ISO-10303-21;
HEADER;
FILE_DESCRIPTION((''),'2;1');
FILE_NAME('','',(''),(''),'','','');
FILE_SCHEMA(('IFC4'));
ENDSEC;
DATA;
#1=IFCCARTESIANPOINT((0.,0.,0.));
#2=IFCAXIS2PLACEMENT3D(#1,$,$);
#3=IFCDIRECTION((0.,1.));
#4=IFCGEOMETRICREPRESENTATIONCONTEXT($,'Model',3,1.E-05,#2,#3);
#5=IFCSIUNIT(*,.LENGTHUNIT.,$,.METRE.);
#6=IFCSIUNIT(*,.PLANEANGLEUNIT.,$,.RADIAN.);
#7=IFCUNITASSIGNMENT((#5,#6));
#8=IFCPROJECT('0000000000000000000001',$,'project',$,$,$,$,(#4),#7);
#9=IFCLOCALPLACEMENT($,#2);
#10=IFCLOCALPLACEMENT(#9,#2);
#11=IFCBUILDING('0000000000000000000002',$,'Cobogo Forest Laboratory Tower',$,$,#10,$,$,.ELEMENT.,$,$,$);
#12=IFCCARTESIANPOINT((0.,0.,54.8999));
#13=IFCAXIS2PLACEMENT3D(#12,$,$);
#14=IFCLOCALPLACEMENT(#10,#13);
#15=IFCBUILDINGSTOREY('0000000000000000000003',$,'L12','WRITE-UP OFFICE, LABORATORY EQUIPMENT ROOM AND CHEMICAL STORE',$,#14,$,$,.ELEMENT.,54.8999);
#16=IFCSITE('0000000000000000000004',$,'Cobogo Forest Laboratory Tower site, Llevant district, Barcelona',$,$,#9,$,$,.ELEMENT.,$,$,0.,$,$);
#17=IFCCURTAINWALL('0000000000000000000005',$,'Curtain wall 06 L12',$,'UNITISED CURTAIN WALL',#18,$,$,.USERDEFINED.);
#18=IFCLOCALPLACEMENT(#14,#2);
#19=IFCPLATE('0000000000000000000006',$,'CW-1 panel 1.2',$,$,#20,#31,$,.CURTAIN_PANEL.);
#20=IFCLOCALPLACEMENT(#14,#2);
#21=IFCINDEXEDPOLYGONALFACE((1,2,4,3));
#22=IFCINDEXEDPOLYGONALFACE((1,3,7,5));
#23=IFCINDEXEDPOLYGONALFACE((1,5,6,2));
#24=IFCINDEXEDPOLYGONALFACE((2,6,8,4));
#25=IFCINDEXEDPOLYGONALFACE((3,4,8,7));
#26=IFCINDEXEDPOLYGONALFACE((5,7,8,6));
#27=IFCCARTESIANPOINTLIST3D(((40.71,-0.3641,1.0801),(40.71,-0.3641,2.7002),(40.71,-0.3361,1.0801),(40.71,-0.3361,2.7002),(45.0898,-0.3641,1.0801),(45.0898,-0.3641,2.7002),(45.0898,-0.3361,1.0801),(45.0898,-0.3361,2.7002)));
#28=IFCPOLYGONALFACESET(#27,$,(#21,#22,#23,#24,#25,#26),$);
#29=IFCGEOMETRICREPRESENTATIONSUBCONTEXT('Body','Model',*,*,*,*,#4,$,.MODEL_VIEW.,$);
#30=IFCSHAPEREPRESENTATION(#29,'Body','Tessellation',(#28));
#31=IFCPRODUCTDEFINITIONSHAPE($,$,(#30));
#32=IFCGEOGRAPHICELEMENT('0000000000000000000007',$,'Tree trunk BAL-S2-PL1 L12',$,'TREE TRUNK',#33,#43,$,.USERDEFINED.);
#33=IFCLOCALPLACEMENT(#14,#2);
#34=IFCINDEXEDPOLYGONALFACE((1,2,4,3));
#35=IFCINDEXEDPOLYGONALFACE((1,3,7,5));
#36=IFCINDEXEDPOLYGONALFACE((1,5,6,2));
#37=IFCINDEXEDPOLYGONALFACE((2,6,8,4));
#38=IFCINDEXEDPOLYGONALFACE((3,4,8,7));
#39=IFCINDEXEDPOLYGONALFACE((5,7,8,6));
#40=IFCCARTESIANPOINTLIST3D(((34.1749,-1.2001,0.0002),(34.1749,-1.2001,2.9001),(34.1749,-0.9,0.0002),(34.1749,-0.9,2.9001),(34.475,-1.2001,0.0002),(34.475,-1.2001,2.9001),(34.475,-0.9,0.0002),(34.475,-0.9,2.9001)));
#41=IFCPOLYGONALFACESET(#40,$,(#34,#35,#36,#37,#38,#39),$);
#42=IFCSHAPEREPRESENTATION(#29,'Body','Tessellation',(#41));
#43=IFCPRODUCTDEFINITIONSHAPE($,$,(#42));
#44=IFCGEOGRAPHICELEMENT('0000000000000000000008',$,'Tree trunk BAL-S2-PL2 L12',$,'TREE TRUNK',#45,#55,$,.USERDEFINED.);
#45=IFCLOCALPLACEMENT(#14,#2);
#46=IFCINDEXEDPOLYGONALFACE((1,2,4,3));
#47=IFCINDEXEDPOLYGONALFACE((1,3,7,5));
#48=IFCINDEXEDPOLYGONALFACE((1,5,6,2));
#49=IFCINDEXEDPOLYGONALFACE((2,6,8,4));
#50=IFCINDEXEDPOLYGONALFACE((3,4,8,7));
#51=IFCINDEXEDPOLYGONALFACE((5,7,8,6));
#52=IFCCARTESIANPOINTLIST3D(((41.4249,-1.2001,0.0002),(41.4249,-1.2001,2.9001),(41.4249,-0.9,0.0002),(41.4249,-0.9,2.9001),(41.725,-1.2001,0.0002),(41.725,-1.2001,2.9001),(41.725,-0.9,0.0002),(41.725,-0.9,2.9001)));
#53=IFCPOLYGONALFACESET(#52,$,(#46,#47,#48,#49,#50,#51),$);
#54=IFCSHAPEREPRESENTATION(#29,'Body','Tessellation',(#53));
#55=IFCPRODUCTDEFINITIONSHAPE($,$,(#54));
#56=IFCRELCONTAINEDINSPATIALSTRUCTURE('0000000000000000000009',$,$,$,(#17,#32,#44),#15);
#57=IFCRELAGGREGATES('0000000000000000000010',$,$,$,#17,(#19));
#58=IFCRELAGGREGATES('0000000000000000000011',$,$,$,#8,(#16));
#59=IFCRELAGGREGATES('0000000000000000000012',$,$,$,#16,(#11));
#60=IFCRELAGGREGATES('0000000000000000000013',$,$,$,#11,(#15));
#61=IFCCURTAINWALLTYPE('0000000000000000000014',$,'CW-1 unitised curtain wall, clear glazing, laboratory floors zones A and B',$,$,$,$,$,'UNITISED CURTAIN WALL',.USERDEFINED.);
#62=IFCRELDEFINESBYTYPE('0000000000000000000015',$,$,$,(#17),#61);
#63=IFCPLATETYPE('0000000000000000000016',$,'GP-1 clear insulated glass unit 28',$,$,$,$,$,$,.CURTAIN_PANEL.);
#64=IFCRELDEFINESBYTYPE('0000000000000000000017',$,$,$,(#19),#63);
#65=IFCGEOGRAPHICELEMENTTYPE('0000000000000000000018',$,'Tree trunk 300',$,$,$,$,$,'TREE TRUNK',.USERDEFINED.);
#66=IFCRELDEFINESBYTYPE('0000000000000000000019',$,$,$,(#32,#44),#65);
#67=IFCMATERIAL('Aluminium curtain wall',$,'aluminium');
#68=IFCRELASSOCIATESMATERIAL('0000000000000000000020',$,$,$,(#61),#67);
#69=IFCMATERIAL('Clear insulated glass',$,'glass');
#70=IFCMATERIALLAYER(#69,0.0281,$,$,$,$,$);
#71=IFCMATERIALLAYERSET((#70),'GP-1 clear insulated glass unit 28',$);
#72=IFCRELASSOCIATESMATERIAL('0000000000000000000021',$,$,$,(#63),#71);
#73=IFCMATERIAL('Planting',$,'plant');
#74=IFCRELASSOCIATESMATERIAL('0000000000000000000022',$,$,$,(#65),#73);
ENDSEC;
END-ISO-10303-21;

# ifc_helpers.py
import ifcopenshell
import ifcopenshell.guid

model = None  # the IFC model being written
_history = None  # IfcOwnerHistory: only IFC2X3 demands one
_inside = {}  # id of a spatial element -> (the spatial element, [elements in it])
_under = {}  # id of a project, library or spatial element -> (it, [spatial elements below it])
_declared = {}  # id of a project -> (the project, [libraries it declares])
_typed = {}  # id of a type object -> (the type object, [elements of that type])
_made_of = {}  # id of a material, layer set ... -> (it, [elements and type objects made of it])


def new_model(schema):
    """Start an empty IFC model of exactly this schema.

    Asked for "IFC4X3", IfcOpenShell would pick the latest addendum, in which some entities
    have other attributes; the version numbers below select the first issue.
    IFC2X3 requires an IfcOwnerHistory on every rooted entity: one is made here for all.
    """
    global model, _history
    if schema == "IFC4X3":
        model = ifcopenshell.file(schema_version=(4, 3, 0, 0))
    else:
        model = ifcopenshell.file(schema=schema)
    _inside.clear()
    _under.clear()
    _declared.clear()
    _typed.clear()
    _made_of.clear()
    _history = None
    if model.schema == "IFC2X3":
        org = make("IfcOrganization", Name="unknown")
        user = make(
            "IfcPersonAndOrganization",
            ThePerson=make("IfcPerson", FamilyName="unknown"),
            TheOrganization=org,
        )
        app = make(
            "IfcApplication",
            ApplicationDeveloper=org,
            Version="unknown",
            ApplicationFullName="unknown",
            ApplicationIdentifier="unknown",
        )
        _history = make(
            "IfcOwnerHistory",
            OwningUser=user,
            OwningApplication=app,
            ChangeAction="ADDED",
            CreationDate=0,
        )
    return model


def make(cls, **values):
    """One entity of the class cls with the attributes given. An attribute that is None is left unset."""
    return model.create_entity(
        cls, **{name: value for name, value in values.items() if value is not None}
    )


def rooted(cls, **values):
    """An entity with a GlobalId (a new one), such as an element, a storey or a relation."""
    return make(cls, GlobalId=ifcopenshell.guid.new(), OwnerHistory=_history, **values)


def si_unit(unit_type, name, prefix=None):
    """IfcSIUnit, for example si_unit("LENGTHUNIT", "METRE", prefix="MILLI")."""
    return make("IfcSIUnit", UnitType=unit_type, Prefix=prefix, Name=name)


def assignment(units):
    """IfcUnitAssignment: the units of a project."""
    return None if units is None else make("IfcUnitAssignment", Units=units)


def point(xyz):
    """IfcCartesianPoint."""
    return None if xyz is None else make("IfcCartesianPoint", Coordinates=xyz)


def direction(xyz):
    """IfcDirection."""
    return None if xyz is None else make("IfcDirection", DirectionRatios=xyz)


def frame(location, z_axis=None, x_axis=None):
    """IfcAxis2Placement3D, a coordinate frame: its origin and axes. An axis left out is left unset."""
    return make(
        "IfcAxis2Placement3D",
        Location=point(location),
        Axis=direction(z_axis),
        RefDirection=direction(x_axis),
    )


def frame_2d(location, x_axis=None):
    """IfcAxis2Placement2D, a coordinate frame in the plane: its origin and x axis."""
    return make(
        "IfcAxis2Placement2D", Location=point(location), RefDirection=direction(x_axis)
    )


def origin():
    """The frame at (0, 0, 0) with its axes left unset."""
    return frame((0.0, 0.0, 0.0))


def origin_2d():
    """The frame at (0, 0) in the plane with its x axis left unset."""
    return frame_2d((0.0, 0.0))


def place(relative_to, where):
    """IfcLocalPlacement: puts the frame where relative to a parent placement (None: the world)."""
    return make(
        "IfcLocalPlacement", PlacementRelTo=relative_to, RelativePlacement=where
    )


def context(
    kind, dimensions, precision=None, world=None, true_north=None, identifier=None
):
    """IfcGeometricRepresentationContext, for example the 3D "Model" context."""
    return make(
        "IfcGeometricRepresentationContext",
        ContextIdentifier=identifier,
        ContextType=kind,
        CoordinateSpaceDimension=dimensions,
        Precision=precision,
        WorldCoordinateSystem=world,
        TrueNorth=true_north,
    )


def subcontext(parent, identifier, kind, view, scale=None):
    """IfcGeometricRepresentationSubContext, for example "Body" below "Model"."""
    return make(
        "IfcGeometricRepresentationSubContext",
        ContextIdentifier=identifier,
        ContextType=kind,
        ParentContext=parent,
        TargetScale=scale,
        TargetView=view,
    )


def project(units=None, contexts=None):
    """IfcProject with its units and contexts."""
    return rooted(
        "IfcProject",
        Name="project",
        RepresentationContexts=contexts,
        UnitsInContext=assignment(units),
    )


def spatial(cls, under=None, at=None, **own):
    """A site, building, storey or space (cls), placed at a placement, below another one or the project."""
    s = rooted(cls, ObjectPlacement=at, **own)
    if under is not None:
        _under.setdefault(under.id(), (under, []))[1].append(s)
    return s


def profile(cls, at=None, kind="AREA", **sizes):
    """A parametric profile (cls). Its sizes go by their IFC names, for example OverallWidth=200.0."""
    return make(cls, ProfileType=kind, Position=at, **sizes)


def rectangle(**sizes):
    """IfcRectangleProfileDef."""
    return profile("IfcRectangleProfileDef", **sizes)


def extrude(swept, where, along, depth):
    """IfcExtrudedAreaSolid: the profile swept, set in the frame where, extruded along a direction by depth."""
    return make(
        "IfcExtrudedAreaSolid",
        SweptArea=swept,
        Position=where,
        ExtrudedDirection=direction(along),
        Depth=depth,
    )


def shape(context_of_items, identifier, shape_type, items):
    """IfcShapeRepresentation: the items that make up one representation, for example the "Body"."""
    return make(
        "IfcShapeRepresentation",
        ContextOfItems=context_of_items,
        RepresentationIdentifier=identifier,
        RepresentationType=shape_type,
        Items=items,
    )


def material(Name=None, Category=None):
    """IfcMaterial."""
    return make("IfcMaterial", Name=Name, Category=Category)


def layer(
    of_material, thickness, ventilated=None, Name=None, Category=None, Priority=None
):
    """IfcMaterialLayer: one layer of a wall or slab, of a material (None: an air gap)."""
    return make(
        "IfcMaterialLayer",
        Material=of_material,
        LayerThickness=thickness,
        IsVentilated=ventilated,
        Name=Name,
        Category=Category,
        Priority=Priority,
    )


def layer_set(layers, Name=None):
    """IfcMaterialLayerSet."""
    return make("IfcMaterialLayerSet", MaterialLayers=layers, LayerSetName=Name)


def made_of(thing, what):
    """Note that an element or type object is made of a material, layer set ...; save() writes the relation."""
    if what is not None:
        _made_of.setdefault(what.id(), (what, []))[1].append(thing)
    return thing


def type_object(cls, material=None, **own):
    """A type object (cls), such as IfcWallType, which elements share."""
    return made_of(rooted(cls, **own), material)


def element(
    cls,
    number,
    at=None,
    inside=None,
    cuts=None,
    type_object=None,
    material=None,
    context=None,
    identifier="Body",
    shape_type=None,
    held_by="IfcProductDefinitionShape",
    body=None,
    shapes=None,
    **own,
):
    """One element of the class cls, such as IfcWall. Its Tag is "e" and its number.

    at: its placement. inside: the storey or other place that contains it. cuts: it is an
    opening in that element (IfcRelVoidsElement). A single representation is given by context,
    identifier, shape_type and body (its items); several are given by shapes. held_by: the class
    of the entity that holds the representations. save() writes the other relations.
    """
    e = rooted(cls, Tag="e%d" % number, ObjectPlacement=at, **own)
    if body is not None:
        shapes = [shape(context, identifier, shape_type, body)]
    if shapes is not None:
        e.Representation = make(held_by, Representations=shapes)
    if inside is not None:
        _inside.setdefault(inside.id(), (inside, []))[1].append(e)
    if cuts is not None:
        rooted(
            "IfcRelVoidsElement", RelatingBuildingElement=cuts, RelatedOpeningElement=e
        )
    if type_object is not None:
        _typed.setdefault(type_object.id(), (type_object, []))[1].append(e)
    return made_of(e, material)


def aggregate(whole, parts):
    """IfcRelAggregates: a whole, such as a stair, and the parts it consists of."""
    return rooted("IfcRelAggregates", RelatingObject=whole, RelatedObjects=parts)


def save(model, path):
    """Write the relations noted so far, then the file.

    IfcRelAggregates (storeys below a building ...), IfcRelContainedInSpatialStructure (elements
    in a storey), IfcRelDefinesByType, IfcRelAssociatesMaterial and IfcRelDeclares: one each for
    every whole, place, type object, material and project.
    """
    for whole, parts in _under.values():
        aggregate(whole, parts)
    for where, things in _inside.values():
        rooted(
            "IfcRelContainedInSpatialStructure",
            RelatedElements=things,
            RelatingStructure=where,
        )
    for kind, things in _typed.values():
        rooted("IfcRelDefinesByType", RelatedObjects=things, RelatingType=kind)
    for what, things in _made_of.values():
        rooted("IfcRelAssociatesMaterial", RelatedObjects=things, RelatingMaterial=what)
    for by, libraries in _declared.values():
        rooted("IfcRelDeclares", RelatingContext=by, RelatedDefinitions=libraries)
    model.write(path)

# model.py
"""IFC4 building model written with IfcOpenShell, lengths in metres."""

from ifc_helpers import new_model, si_unit, direction, frame, origin, origin_2d, place, context, subcontext, project, spatial, rectangle, extrude, material, layer, layer_set, type_object, element, aggregate, save


model = new_model("IFC4")

# Units and contexts
model_context = context("Model", 3, precision=1e-05, world=origin(), true_north=direction((0.0, 1.0)))
body_context = subcontext(model_context, "Body", "Model", "MODEL_VIEW")
ifc_project = project(units=[si_unit("LENGTHUNIT", "METRE"), si_unit("PLANEANGLEUNIT", "RADIAN")], contexts=[model_context])

# Site, building, storey
site_placement = place(None, origin())
site = spatial("IfcSite", under=ifc_project, at=site_placement, Name="Cobogo Forest Laboratory Tower site, Llevant district, Barcelona", CompositionType="ELEMENT", RefElevation=0.0)
building_placement = place(site_placement, origin())
building = spatial("IfcBuilding", under=site, at=building_placement, Name="Cobogo Forest Laboratory Tower", CompositionType="ELEMENT")
storey_placement = place(building_placement, frame((0.0, 0.0, 54.8999)))
storey = spatial("IfcBuildingStorey", under=building, at=storey_placement, Name="L12", Description="WRITE-UP OFFICE, LABORATORY EQUIPMENT ROOM AND CHEMICAL STORE", CompositionType="ELEMENT", Elevation=54.8999)

# Shared definitions
ifc_material_1 = material(Name="Aluminium curtain wall", Category="aluminium")
curtain_wall_type = type_object("IfcCurtainWallType", Name="CW-1 unitised curtain wall, clear glazing, laboratory floors zones A and B", ElementType="UNITISED CURTAIN WALL", PredefinedType="USERDEFINED", material=ifc_material_1)

# Curtain wall
curtain_wall_1_placement = place(storey_placement, origin())
curtain_wall_1 = element("IfcCurtainWall", 1, at=curtain_wall_1_placement, inside=storey, type_object=curtain_wall_type, Name="Curtain wall 06 L12", ObjectType="UNITISED CURTAIN WALL", PredefinedType="USERDEFINED")

# Plate
ifc_material_2 = material(Name="Clear insulated glass", Category="glass")
ifc_layer_1 = layer(ifc_material_2, 0.0281)
ifc_layer_set_1 = layer_set([ifc_layer_1], Name="GP-1 clear insulated glass unit 28")
plate_type = type_object("IfcPlateType", Name="GP-1 clear insulated glass unit 28", PredefinedType="CURTAIN_PANEL", material=ifc_layer_set_1)
plate_1_placement = place(storey_placement, frame((42.8999, -0.3501, 1.0801), z_axis=(0.0, 0.0, 1.0), x_axis=(1.0, 0.0, 0.0)))
plate_1 = element("IfcPlate", 2, at=plate_1_placement, type_object=plate_type, Name="CW-1 panel 1.2", PredefinedType="CURTAIN_PANEL", context=body_context, shape_type="SweptSolid", body=[
    extrude(rectangle(XDim=4.3799, YDim=0.0281, at=origin_2d()), origin(), (0.0, 0.0, 1.0), 1.6201),
])
aggregate(curtain_wall_1, [plate_1])

# Geographic elements
ifc_material_3 = material(Name="Planting", Category="plant")
geographic_element_type = type_object("IfcGeographicElementType", Name="Tree trunk 300", ElementType="TREE TRUNK", PredefinedType="USERDEFINED", material=ifc_material_3)
for number, where, z_axis, x_axis, name in (
    (3, (34.325, -1.05, 0.0002), (0.0, 0.0, 1.0), (1.0, 0.0, 0.0), "Tree trunk BAL-S2-PL1 L12"),
    (4, (41.575, -1.05, 0.0002), (0.0, 0.0, 1.0), (1.0, 0.0, 0.0), "Tree trunk BAL-S2-PL2 L12"),
):
    element("IfcGeographicElement", number, at=place(storey_placement, frame(where, z_axis=z_axis, x_axis=x_axis)), inside=storey, type_object=geographic_element_type, Name=name, ObjectType="TREE TRUNK", PredefinedType="USERDEFINED", context=body_context, shape_type="SweptSolid", body=[
        extrude(rectangle(XDim=0.3, YDim=0.3, at=origin_2d()), origin(), (0.0, 0.0, 1.0), 2.8999),
    ])

save(model, "model.ifc")
